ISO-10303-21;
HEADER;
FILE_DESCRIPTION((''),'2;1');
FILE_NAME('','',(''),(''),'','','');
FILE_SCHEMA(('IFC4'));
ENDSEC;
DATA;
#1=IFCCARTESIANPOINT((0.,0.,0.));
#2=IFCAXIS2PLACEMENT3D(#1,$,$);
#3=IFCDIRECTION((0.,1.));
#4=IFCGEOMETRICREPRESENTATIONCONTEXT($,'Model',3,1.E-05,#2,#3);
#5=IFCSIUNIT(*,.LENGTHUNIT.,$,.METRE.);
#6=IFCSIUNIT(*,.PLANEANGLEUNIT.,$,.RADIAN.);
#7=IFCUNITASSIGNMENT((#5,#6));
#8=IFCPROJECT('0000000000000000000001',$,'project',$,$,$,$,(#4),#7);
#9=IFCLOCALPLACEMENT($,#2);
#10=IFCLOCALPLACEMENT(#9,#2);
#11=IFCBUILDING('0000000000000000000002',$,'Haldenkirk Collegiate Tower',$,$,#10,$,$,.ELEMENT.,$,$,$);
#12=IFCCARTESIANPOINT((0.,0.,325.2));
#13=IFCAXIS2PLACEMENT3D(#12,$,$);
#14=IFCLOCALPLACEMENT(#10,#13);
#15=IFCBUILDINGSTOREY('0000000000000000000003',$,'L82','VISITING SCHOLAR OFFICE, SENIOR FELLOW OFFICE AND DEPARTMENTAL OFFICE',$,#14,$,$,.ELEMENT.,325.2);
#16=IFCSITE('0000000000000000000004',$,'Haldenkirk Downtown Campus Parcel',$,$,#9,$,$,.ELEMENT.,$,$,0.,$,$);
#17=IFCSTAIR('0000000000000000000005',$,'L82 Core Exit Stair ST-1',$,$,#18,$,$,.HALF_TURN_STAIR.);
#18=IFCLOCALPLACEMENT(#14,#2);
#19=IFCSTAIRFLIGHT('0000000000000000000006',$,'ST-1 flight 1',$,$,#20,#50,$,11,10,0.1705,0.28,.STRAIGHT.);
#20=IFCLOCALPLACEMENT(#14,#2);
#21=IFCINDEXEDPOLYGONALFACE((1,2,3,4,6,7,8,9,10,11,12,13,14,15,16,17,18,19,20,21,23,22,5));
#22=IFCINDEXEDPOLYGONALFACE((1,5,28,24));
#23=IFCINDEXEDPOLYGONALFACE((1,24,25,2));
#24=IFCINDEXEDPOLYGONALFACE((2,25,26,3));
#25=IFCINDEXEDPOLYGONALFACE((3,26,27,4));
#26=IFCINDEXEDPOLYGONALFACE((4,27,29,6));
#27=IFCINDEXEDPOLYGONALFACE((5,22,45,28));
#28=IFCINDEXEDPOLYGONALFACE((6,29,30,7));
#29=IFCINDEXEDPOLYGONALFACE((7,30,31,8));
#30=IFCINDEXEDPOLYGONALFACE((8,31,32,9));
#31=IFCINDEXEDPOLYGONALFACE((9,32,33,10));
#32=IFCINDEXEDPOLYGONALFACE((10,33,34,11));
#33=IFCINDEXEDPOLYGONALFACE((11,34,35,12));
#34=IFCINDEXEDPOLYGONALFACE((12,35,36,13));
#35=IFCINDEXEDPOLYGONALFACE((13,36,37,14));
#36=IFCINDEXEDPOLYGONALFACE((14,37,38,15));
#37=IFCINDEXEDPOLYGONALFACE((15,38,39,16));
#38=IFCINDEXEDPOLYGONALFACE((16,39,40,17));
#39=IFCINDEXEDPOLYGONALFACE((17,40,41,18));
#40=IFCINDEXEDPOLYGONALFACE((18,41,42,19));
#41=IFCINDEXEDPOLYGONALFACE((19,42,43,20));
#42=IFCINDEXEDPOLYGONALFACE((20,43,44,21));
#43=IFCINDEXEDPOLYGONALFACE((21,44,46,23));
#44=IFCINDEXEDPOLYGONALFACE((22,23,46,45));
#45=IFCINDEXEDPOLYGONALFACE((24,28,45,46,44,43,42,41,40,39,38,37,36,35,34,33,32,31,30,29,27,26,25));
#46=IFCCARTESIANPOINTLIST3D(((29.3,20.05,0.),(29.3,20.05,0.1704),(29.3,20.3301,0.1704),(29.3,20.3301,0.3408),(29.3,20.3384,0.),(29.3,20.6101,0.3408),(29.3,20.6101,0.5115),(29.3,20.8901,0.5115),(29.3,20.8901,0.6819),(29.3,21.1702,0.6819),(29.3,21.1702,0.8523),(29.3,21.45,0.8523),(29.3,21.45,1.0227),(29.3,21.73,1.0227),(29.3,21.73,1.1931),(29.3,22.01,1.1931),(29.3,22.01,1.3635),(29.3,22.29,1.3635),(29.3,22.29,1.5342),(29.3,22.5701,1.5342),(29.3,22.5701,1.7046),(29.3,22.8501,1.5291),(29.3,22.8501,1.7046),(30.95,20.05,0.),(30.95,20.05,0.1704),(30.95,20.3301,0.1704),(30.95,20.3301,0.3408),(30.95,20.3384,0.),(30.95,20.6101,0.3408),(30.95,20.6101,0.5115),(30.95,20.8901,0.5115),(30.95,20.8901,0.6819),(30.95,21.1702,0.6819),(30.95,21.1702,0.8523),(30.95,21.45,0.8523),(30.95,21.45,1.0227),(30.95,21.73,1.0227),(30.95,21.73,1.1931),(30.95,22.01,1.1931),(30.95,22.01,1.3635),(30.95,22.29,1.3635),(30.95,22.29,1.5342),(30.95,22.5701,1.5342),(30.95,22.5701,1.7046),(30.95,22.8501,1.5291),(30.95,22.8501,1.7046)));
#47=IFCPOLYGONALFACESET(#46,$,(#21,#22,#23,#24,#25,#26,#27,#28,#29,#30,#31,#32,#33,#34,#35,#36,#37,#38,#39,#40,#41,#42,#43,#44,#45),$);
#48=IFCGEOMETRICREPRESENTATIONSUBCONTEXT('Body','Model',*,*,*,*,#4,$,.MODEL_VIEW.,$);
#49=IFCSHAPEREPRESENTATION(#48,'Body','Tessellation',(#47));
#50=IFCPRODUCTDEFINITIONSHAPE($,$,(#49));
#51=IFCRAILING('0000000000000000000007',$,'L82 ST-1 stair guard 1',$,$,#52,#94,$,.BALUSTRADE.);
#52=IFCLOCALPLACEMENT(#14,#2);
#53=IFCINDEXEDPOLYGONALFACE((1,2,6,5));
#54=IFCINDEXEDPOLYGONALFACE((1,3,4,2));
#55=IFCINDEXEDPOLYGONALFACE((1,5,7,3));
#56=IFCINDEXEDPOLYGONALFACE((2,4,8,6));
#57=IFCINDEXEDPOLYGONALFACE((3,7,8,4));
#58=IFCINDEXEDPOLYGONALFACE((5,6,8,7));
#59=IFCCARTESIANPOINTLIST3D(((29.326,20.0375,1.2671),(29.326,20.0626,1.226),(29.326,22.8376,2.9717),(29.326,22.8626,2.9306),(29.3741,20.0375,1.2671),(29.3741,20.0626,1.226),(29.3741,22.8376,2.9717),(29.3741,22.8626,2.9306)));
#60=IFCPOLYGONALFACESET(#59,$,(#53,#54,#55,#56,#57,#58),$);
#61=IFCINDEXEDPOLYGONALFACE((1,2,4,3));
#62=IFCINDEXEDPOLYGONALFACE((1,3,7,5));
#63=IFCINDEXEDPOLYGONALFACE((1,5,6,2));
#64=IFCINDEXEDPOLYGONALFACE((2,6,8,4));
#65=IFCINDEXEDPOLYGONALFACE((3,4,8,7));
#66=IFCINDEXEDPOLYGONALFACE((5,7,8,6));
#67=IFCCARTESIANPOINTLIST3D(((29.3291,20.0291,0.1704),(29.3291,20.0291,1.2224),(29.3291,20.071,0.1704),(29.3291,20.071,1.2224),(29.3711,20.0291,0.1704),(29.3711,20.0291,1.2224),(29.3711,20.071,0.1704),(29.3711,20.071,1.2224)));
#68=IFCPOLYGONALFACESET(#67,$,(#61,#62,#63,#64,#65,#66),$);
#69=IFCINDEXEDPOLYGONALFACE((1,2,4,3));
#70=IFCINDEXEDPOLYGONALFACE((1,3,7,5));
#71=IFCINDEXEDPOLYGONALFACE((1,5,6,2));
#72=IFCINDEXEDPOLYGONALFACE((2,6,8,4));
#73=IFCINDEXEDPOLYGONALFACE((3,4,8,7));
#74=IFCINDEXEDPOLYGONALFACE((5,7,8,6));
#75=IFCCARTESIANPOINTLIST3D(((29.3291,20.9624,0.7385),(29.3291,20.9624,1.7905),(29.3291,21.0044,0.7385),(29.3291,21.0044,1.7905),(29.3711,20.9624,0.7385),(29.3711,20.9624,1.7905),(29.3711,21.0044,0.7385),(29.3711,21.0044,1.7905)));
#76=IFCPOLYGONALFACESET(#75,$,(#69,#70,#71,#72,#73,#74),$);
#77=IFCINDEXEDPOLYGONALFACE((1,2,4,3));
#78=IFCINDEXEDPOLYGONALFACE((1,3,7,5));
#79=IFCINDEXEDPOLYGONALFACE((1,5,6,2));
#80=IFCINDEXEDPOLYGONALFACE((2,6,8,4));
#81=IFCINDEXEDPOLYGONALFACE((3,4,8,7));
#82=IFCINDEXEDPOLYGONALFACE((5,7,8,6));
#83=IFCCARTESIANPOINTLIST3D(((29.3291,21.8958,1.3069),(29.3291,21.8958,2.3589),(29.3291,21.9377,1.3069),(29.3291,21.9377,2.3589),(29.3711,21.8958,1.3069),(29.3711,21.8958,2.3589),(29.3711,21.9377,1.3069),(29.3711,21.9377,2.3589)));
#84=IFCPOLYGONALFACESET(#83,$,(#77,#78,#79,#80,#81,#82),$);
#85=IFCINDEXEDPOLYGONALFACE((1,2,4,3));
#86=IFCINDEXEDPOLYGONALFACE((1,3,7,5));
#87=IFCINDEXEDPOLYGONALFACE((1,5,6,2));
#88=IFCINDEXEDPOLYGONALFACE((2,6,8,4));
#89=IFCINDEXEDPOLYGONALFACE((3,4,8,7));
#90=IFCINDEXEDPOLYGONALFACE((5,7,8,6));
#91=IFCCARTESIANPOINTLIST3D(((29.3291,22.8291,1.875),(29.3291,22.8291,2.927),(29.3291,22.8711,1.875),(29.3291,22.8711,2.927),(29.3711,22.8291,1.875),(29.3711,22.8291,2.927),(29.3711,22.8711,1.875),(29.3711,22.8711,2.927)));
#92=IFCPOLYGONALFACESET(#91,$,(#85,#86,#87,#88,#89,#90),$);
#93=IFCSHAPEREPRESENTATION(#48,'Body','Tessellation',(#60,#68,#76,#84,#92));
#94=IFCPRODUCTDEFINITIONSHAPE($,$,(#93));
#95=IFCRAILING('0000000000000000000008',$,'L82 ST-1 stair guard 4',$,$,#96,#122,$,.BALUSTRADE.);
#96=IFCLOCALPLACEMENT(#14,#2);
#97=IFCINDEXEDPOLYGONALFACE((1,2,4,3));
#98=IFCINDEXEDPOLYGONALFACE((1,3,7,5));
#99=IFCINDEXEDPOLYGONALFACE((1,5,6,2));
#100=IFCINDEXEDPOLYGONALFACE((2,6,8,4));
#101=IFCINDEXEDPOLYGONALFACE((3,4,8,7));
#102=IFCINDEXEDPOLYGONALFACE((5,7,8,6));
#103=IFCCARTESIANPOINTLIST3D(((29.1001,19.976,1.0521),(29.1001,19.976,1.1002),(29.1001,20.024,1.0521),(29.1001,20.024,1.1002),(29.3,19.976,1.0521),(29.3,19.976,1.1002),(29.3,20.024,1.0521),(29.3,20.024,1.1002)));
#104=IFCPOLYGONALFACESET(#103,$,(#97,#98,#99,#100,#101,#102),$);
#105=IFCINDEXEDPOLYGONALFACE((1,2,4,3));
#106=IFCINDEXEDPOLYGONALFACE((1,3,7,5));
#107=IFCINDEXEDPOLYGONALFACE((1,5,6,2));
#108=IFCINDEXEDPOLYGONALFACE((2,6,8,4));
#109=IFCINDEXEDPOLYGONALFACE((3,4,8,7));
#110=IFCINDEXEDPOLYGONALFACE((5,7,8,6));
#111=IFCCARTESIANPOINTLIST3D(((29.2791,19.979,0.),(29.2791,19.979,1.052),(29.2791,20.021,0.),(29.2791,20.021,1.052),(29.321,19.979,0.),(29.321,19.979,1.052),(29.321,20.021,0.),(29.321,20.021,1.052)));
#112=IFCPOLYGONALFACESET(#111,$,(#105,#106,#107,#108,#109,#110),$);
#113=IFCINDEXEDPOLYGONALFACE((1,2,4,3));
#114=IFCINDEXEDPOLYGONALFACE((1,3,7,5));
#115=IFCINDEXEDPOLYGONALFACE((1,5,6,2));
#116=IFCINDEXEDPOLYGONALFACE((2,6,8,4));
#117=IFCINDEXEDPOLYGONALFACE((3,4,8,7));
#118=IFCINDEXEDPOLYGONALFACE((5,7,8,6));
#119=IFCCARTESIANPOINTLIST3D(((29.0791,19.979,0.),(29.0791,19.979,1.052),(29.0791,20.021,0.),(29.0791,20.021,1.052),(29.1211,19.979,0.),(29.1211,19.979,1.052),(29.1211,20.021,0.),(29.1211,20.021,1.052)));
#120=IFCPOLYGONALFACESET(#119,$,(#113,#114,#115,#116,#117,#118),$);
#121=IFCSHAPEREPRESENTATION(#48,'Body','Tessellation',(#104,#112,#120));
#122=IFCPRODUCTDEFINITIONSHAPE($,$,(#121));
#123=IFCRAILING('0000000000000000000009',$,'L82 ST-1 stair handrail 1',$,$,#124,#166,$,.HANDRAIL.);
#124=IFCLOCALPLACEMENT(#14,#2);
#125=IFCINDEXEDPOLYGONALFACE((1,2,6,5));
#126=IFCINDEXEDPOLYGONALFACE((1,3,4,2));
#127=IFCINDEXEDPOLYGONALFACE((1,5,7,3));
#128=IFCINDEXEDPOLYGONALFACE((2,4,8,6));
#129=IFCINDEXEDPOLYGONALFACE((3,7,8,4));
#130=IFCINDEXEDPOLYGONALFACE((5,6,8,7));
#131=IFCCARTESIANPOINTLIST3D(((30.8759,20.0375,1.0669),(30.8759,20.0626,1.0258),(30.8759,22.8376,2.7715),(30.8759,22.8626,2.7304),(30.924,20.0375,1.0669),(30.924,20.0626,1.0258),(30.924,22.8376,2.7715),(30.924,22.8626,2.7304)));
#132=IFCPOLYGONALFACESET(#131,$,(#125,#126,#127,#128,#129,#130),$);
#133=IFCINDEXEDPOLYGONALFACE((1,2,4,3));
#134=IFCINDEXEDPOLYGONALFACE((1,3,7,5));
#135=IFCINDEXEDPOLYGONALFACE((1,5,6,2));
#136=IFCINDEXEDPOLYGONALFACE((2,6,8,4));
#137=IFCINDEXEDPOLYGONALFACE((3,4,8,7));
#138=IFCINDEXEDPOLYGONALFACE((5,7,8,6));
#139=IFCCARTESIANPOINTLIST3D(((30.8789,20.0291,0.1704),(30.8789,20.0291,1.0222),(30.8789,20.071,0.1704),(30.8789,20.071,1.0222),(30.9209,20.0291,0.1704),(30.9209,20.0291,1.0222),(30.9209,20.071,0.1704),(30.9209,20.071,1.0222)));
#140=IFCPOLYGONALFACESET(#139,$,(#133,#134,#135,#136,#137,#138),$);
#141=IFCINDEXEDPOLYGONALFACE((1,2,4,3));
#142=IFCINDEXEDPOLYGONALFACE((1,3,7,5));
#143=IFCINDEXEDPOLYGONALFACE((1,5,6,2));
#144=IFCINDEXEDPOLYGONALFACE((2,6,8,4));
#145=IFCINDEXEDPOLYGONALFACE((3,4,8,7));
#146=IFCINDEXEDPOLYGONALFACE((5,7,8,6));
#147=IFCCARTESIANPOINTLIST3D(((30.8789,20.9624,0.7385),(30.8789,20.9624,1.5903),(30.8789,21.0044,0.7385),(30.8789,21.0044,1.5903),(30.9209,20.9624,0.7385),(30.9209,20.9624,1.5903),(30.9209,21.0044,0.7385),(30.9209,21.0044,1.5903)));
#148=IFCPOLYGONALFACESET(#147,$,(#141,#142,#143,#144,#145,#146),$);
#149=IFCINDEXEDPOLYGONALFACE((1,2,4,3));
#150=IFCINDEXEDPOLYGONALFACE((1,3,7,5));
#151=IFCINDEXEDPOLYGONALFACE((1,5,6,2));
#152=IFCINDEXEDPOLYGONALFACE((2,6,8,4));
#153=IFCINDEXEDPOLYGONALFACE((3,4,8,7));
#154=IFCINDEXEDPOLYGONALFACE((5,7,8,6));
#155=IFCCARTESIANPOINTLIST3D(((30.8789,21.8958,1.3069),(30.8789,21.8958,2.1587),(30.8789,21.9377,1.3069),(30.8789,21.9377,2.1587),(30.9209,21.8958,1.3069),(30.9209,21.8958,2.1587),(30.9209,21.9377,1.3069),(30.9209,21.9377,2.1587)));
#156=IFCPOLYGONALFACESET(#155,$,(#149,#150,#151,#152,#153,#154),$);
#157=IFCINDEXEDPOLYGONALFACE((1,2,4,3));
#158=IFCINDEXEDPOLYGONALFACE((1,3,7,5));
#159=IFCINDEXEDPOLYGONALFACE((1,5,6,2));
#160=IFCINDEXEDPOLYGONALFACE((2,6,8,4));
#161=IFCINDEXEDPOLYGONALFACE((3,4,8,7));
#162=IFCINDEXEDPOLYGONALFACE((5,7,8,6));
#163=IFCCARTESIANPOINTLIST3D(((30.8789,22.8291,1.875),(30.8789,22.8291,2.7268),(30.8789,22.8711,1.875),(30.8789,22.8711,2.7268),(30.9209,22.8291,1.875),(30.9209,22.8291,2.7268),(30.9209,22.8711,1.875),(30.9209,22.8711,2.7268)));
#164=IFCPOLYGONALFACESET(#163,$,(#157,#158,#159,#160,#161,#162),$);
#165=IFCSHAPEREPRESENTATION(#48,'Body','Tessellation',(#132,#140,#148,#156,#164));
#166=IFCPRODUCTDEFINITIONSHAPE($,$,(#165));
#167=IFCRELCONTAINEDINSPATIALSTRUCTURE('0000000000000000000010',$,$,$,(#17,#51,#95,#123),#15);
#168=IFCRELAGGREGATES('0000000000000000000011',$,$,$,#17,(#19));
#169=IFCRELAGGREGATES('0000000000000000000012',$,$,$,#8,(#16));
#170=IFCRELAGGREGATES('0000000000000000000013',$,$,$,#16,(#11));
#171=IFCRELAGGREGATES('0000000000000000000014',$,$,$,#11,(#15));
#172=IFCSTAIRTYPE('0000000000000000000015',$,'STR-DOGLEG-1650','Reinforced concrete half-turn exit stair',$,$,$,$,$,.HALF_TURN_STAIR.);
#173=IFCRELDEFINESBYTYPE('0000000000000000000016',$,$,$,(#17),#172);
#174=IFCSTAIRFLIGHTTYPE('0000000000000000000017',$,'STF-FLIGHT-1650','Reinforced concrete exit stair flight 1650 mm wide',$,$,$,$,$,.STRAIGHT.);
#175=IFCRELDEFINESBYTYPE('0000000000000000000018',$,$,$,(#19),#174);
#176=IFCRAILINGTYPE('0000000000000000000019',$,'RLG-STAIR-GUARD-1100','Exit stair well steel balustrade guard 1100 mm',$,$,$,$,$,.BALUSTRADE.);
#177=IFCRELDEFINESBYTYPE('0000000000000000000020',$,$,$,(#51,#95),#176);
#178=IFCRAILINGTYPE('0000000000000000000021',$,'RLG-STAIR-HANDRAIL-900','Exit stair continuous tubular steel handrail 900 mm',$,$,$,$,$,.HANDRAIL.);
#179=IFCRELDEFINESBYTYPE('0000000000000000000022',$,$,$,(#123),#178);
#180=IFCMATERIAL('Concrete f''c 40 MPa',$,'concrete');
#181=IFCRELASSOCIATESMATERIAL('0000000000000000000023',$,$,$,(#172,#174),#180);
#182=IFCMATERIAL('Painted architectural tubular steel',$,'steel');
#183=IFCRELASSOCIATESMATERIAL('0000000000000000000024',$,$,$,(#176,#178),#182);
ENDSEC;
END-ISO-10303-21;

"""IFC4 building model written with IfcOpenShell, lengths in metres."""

from ifc_helpers import new_model, si_unit, direction, frame, origin, origin_2d, place, context, subcontext, project, spatial, polyline, rectangle, outline, extrude, material, type_object, element, aggregate, save


model = new_model("IFC4")

# Units and contexts
model_context = context("Model", 3, precision=1e-05, world=origin(), true_north=direction((0.0, 1.0)))
body_context = subcontext(model_context, "Body", "Model", "MODEL_VIEW")
ifc_project = project(units=[si_unit("LENGTHUNIT", "METRE"), si_unit("PLANEANGLEUNIT", "RADIAN")], contexts=[model_context])

# Site, building, storey
site_placement = place(None, origin())
site = spatial("IfcSite", under=ifc_project, at=site_placement, Name="Haldenkirk Downtown Campus Parcel", CompositionType="ELEMENT", RefElevation=0.0)
building_placement = place(site_placement, origin())
building = spatial("IfcBuilding", under=site, at=building_placement, Name="Haldenkirk Collegiate Tower", CompositionType="ELEMENT")
storey_placement = place(building_placement, frame((0.0, 0.0, 325.2)))
storey = spatial("IfcBuildingStorey", under=building, at=storey_placement, Name="L82", Description="VISITING SCHOLAR OFFICE, SENIOR FELLOW OFFICE AND DEPARTMENTAL OFFICE", CompositionType="ELEMENT", Elevation=325.2)

# Stair, stair flight
ifc_material_1 = material(Name="Concrete f'c 40 MPa", Category="concrete")
stair_type = type_object("IfcStairType", Name="STR-DOGLEG-1650", Description="Reinforced concrete half-turn exit stair", PredefinedType="HALF_TURN_STAIR", material=ifc_material_1)
stair_placement = place(storey_placement, origin())
stair = element("IfcStair", 1, at=stair_placement, inside=storey, type_object=stair_type, Name="L82 Core Exit Stair ST-1", PredefinedType="HALF_TURN_STAIR")
stair_flight_type = type_object("IfcStairFlightType", Name="STF-FLIGHT-1650", Description="Reinforced concrete exit stair flight 1650 mm wide", PredefinedType="STRAIGHT", material=ifc_material_1)
stair_flight_placement = place(storey_placement, frame((30.125, 20.05, 0.0), z_axis=(0.0, 0.0, 1.0), x_axis=(0.0, 1.0, 0.0)))
stair_flight = element("IfcStairFlight", 2, at=stair_flight_placement, type_object=stair_flight_type, Name="ST-1 flight 1", NumberOfRisers=11, NumberOfTreads=10, PredefinedType="STRAIGHT", RiserHeight=0.1705, TreadLength=0.28, context=body_context, shape_type="SweptSolid", body=[
    extrude(outline(polyline([(0.0, 0.0), (0.0, 0.1704), (0.28, 0.1704), (0.28, 0.3408), (0.5601, 0.3408), (0.5601, 0.5115), (0.8401, 0.5115), (0.8401, 0.6819), (1.1201, 0.6819), (1.1201, 0.8523), (1.3999, 0.8523), (1.3999, 1.0227), (1.6799, 1.0227), (1.6799, 1.1931), (1.96, 1.1931), (1.96, 1.3635), (2.24, 1.3635), (2.24, 1.5342), (2.52, 1.5342), (2.52, 1.7046), (2.8, 1.7046), (2.8, 1.875), (2.8, 1.5291), (0.2883, 0.0), (0.0, 0.0)])), frame((0.0, 0.825, 0.0), z_axis=(0.0, -1.0, 0.0), x_axis=(1.0, 0.0, 0.0)), (0.0, 0.0, 1.0), 1.6499),
])
aggregate(stair, [stair_flight])

# Railings
ifc_material_2 = material(Name="Painted architectural tubular steel", Category="steel")
railing_type_1 = type_object("IfcRailingType", Name="RLG-STAIR-GUARD-1100", Description="Exit stair well steel balustrade guard 1100 mm", PredefinedType="BALUSTRADE", material=ifc_material_2)
railing_1_placement = place(storey_placement, frame((29.3501, 20.05, 0.1704)))
element("IfcRailing", 3, at=railing_1_placement, inside=storey, type_object=railing_type_1, Name="L82 ST-1 stair guard 1", PredefinedType="BALUSTRADE", context=body_context, shape_type="SweptSolid", body=[
    extrude(rectangle(XDim=0.0481, YDim=0.0481, at=origin_2d()), frame((0.0, 0.0, 1.0762), z_axis=(0.0, 0.85417, 0.519994), x_axis=(-1.0, 0.0, 0.0)), (0.0, 0.0, 1.0), 3.2781),
    extrude(rectangle(XDim=0.042, YDim=0.042, at=origin_2d()), origin(), (0.0, 0.0, 1.0), 1.052),
    extrude(rectangle(XDim=0.042, YDim=0.042, at=origin_2d()), frame((0.0, 0.9333, 0.5681)), (0.0, 0.0, 1.0), 1.052),
    extrude(rectangle(XDim=0.042, YDim=0.042, at=origin_2d()), frame((0.0, 1.8667, 1.1365)), (0.0, 0.0, 1.0), 1.052),
    extrude(rectangle(XDim=0.042, YDim=0.042, at=origin_2d()), frame((0.0, 2.8, 1.7046)), (0.0, 0.0, 1.0), 1.052),
])
railing_2_placement = place(storey_placement, frame((29.3, 20.0, 0.0)))
element("IfcRailing", 4, at=railing_2_placement, inside=storey, type_object=railing_type_1, Name="L82 ST-1 stair guard 4", PredefinedType="BALUSTRADE", context=body_context, shape_type="SweptSolid", body=[
    extrude(rectangle(XDim=0.0481, YDim=0.0481, at=origin_2d()), frame((0.0, 0.0, 1.0762), z_axis=(-1.0, 0.0, 0.0), x_axis=(0.0, -1.0, 0.0)), (0.0, 0.0, 1.0), 0.2),
    extrude(rectangle(XDim=0.042, YDim=0.042, at=origin_2d()), origin(), (0.0, 0.0, 1.0), 1.052),
    extrude(rectangle(XDim=0.042, YDim=0.042, at=origin_2d()), frame((-0.2, 0.0, 0.0)), (0.0, 0.0, 1.0), 1.052),
])
railing_type_2 = type_object("IfcRailingType", Name="RLG-STAIR-HANDRAIL-900", Description="Exit stair continuous tubular steel handrail 900 mm", PredefinedType="HANDRAIL", material=ifc_material_2)
railing_3_placement = place(storey_placement, frame((30.8999, 20.05, 0.1704)))
element("IfcRailing", 5, at=railing_3_placement, inside=storey, type_object=railing_type_2, Name="L82 ST-1 stair handrail 1", PredefinedType="HANDRAIL", context=body_context, shape_type="SweptSolid", body=[
    extrude(rectangle(XDim=0.0481, YDim=0.0481, at=origin_2d()), frame((0.0, 0.0, 0.876), z_axis=(0.0, 0.85417, 0.519994), x_axis=(-1.0, 0.0, 0.0)), (0.0, 0.0, 1.0), 3.2781),
    extrude(rectangle(XDim=0.042, YDim=0.042, at=origin_2d()), origin(), (0.0, 0.0, 1.0), 0.8518),
    extrude(rectangle(XDim=0.042, YDim=0.042, at=origin_2d()), frame((0.0, 0.9333, 0.5681)), (0.0, 0.0, 1.0), 0.8518),
    extrude(rectangle(XDim=0.042, YDim=0.042, at=origin_2d()), frame((0.0, 1.8667, 1.1365)), (0.0, 0.0, 1.0), 0.8518),
    extrude(rectangle(XDim=0.042, YDim=0.042, at=origin_2d()), frame((0.0, 2.8, 1.7046)), (0.0, 0.0, 1.0), 0.8518),
])

save(model, "model.ifc")
